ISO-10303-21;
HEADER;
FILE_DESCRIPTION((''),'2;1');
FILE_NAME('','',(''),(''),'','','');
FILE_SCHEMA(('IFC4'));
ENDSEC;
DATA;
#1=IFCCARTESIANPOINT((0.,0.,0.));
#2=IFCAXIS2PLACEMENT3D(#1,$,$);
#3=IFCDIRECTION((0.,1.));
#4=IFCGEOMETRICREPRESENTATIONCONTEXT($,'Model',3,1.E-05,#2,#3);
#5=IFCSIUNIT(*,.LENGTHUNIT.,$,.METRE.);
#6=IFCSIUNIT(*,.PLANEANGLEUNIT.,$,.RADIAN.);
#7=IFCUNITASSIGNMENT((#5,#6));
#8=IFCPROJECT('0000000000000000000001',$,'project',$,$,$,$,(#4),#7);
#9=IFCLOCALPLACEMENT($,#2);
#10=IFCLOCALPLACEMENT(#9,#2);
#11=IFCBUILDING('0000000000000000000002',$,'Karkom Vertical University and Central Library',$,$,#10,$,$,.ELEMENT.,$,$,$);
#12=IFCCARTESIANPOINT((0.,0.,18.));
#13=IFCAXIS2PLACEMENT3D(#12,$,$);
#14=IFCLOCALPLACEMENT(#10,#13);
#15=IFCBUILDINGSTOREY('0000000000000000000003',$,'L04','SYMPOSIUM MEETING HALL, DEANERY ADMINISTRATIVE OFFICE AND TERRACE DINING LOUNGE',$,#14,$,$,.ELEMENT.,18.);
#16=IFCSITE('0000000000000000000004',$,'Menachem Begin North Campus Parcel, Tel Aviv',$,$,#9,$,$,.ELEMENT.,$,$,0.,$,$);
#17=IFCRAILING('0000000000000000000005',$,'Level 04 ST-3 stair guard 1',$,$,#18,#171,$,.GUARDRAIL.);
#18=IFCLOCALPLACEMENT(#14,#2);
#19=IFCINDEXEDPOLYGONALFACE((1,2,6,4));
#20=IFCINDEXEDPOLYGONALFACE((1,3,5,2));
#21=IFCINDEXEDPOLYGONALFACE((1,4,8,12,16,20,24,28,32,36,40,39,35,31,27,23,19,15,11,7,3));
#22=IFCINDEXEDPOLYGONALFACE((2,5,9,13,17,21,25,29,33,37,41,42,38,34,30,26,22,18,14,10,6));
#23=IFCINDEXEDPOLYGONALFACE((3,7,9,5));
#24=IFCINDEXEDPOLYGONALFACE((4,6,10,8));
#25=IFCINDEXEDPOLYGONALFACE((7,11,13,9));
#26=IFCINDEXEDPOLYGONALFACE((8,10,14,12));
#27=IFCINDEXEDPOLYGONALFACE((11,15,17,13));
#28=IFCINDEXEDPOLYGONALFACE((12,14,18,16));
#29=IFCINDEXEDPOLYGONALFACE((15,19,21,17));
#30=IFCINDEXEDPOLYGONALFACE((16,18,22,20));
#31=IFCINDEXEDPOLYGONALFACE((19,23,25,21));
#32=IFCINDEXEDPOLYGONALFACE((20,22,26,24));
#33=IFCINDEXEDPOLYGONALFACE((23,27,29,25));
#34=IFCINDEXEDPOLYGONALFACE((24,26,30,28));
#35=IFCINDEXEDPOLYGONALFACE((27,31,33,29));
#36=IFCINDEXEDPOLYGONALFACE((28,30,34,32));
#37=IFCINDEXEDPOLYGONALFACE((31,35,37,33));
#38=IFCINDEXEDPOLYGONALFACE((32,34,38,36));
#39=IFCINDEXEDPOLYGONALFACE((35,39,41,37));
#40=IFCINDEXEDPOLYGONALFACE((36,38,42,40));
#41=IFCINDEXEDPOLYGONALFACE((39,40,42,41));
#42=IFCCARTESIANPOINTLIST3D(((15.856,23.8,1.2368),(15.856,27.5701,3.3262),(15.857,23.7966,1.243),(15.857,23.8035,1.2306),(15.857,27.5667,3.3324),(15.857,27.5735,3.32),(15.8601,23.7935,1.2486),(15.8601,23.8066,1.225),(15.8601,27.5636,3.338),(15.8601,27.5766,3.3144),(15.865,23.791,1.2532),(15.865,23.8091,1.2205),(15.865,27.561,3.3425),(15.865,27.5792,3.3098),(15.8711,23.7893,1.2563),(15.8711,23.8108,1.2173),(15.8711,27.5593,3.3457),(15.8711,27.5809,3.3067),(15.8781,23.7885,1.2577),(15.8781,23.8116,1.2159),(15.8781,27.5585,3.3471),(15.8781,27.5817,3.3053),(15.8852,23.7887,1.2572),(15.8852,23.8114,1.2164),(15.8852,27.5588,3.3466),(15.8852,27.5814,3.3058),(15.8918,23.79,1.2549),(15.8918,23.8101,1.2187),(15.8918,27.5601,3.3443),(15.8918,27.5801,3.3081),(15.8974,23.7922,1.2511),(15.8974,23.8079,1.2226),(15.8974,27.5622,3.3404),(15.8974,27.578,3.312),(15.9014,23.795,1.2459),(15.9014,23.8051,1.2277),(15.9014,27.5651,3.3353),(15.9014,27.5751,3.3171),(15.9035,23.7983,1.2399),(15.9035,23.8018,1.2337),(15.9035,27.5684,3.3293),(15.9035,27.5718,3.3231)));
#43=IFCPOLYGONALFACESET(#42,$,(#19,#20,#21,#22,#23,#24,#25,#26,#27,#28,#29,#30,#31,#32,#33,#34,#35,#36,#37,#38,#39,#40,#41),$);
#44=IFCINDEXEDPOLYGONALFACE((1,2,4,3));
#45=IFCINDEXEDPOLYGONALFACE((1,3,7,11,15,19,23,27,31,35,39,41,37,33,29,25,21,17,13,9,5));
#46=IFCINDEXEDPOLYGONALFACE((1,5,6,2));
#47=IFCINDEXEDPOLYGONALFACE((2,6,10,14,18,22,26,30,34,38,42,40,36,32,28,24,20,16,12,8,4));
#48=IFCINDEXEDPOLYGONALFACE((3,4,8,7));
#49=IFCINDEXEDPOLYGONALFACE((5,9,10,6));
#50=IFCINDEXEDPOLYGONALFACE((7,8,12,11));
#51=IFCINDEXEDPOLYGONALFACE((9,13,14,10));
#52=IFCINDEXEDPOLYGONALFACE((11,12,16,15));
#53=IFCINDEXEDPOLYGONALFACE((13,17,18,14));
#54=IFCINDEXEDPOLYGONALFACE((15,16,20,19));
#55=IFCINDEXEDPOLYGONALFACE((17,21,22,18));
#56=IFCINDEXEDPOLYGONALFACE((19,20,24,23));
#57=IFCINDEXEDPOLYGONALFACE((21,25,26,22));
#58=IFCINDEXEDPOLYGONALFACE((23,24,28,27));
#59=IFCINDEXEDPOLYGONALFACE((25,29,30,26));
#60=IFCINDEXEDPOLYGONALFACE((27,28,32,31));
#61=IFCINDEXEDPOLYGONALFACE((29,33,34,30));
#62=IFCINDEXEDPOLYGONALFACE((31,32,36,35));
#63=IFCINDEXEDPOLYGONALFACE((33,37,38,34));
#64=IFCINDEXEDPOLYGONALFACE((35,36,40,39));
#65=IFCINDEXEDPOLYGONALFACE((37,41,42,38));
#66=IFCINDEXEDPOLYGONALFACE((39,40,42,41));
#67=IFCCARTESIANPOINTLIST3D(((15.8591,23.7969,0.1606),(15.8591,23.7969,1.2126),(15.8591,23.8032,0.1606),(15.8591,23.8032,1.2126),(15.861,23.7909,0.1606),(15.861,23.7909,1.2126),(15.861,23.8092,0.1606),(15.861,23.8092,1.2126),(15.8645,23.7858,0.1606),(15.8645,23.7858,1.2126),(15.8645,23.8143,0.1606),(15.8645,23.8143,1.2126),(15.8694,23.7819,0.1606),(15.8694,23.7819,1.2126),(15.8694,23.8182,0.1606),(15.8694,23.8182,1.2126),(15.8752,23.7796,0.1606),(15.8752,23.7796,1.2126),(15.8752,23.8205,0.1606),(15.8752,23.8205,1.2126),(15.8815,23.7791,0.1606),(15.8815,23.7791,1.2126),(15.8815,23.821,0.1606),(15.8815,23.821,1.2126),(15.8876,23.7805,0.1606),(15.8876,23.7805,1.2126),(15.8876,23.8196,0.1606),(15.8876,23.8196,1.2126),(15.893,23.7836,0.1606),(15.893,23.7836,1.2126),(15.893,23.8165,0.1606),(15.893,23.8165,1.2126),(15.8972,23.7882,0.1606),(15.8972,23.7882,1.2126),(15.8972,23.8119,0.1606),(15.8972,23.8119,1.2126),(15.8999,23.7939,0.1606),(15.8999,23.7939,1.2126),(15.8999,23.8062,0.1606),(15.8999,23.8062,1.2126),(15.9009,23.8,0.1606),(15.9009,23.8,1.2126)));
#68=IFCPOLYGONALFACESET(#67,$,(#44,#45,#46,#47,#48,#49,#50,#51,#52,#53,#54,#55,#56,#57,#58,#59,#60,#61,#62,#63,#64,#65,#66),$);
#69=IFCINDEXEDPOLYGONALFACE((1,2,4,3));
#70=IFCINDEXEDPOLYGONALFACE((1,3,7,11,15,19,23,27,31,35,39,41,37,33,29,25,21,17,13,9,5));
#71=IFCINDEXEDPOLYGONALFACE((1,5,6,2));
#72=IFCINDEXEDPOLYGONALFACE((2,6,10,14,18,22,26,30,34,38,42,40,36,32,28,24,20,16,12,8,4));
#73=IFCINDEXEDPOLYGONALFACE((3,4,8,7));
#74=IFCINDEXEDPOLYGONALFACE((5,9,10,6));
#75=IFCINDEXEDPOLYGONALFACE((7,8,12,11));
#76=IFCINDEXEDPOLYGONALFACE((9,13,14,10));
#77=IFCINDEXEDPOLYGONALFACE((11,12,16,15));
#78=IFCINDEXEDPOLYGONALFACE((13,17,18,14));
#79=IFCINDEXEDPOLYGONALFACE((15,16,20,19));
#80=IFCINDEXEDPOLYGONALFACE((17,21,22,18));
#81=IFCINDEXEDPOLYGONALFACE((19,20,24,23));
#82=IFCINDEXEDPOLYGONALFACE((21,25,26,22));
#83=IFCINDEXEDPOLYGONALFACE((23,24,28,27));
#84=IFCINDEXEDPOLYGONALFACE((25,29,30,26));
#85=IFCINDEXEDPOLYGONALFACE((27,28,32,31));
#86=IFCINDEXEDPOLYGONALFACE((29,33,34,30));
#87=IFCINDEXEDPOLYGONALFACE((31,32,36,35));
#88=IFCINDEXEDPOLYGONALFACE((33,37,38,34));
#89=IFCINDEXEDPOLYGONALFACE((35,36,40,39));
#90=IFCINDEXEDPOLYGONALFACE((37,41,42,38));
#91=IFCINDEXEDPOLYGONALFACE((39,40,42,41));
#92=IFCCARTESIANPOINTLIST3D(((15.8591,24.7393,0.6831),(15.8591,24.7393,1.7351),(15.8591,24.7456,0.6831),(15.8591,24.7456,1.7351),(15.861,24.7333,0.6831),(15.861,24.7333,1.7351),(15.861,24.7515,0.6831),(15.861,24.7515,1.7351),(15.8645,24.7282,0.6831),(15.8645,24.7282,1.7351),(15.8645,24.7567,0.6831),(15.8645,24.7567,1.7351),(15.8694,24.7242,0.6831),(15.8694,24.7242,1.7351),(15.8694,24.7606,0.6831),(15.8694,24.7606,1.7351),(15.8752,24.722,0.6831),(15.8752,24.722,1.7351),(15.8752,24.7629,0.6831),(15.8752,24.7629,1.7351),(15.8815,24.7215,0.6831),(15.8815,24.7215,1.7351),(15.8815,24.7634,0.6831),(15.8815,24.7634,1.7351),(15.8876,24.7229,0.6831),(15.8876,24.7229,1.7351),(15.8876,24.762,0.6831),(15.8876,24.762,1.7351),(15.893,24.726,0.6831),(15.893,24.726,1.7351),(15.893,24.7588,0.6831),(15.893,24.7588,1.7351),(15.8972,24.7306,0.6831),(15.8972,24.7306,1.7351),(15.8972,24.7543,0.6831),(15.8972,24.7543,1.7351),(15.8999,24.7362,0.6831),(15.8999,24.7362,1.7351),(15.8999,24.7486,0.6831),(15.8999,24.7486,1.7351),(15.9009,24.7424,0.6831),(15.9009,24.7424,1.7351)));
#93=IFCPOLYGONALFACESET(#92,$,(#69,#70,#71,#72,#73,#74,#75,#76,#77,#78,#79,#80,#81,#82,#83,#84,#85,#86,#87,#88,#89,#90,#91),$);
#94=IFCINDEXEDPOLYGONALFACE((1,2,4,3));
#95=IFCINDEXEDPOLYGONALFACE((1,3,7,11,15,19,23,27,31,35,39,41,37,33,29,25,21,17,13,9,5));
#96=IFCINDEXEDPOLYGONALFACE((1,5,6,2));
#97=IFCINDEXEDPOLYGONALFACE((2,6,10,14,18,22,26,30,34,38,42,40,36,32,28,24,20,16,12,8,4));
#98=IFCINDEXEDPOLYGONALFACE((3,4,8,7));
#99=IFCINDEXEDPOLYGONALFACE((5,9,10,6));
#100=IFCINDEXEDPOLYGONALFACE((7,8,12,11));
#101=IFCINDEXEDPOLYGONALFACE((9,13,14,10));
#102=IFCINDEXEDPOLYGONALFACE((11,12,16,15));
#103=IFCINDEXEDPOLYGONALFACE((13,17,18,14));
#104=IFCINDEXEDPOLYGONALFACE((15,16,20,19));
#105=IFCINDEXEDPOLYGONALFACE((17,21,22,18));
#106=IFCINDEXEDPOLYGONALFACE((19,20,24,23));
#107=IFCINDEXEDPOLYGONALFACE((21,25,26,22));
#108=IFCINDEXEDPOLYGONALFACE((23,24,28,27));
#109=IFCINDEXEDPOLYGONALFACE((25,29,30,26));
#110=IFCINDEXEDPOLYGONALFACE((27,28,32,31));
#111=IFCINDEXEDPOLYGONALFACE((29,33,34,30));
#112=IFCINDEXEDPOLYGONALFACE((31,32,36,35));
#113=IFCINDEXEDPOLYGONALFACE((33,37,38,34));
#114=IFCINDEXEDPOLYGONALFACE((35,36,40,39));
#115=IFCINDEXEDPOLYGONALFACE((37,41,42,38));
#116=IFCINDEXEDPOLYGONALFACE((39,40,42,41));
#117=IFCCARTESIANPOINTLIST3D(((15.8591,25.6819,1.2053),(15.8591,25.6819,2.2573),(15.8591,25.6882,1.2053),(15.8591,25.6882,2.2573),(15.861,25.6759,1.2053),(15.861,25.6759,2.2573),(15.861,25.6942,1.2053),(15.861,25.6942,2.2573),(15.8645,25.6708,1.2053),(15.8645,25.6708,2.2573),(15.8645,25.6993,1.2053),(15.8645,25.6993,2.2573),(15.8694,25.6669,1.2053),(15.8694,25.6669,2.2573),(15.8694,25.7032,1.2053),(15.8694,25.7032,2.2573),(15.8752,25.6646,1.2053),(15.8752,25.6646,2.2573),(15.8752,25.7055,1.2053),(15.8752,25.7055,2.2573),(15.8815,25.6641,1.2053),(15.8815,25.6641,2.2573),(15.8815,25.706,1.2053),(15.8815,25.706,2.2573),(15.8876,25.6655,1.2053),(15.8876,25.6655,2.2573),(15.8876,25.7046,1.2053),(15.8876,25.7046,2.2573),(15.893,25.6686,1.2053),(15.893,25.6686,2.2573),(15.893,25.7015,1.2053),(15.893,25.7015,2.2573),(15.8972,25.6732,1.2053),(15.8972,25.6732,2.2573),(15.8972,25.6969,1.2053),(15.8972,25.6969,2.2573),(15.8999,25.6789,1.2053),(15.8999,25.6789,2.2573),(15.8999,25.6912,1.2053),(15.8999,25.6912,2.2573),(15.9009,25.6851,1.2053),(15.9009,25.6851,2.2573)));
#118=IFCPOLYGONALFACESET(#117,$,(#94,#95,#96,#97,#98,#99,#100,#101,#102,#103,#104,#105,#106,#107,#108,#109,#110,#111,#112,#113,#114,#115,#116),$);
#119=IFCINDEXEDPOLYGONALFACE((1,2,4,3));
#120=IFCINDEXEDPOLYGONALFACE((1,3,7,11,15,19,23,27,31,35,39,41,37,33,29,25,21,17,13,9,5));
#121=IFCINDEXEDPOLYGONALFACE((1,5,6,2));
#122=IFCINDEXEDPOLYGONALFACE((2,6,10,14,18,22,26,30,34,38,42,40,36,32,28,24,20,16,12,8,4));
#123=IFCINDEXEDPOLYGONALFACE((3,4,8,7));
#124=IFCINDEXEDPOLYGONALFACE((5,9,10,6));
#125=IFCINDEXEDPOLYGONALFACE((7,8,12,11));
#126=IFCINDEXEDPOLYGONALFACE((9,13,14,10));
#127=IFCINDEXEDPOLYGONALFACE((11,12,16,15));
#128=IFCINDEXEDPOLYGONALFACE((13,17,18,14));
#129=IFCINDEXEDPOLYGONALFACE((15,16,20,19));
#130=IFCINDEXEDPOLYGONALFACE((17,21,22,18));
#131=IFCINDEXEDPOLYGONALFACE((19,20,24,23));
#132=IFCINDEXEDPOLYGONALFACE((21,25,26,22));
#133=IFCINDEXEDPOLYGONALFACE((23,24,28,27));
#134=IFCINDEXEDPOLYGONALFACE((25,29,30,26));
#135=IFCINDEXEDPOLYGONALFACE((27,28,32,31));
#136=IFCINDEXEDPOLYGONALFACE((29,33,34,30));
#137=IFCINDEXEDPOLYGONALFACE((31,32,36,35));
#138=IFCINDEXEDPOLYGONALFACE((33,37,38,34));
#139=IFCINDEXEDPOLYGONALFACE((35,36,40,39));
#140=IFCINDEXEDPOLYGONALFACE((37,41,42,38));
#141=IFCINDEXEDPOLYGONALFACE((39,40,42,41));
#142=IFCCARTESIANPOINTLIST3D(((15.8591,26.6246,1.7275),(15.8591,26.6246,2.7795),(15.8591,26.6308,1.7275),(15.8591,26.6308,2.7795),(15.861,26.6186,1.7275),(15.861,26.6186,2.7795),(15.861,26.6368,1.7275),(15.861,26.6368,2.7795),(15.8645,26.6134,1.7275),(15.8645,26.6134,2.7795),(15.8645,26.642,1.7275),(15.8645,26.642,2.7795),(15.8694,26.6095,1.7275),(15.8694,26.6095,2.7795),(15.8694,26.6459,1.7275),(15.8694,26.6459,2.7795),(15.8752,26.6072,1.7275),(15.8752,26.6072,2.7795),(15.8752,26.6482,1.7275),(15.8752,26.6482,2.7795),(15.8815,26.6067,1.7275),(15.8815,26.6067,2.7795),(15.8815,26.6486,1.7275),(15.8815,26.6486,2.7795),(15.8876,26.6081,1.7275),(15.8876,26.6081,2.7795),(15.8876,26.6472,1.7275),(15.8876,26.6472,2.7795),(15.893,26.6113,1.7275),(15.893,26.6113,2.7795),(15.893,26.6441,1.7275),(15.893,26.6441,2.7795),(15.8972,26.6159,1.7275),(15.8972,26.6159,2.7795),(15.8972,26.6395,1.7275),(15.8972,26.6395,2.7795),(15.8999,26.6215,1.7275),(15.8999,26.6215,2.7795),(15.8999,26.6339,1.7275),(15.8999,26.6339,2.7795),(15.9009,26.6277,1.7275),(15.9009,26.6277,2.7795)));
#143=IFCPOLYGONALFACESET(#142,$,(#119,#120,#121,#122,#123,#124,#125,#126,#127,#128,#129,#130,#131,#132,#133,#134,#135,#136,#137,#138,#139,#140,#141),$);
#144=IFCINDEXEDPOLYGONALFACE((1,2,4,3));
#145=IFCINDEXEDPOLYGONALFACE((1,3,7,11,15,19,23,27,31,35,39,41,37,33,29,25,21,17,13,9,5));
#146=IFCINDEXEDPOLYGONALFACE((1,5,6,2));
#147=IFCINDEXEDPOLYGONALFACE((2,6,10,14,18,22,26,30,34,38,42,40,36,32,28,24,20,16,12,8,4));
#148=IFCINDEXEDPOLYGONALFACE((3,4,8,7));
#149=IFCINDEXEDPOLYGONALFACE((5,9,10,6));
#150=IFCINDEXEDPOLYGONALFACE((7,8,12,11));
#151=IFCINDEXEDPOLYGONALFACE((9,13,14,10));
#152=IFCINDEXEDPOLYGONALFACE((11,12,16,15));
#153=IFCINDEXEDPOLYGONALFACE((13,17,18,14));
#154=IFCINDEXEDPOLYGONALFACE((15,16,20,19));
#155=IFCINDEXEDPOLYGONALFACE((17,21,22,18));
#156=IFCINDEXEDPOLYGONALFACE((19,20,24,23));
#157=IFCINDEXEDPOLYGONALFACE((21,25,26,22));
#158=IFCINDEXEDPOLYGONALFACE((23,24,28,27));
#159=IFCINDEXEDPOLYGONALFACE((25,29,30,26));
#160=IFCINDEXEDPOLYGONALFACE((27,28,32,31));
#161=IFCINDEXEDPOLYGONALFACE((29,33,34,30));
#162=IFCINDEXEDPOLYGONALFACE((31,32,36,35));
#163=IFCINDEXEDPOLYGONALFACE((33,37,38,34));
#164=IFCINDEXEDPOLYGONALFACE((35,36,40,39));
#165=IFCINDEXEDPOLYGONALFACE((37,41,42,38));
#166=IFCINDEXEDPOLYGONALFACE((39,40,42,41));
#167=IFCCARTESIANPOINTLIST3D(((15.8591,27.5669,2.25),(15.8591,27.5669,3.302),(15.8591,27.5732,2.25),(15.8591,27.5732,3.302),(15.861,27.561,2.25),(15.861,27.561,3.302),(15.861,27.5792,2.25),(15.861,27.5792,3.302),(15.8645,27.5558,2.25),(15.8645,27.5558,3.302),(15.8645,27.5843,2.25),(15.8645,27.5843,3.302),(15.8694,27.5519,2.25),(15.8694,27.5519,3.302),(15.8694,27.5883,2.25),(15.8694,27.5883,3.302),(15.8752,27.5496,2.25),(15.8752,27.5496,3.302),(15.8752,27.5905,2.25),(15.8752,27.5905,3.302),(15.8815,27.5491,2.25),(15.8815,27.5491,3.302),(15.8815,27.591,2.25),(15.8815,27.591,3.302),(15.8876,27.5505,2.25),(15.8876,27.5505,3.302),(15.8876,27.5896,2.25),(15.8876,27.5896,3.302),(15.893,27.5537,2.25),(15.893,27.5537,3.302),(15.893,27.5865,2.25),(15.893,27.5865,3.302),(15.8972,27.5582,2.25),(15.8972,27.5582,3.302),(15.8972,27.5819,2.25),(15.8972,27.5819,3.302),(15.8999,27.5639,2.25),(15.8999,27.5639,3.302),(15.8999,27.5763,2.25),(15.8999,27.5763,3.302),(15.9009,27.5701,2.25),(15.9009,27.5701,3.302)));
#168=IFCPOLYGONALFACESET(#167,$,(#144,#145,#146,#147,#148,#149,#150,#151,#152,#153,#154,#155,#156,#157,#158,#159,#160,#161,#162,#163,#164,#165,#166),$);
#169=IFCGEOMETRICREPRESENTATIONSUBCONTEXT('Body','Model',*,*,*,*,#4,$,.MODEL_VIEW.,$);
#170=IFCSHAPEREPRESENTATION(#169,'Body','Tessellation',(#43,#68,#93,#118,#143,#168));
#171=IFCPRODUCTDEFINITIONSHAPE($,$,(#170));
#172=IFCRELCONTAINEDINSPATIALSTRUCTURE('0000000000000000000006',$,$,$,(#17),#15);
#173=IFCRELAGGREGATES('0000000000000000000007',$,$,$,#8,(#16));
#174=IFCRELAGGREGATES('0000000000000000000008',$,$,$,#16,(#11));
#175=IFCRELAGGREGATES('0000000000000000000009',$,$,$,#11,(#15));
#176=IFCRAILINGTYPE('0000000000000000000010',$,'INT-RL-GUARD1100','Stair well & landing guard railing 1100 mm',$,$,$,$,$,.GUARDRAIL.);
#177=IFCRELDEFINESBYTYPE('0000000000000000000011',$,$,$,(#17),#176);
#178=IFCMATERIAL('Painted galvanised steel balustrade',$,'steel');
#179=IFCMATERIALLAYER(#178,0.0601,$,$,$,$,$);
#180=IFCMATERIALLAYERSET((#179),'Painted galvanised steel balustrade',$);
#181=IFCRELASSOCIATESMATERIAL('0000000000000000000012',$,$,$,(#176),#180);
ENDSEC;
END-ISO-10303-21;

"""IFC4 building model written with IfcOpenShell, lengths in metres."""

from ifc_helpers import new_model, si_unit, direction, frame, origin, origin_2d, place, context, subcontext, project, spatial, circle, extrude, material, layer, layer_set, type_object, element, save


model = new_model("IFC4")

# Units and contexts
model_context = context("Model", 3, precision=1e-05, world=origin(), true_north=direction((0.0, 1.0)))
body_context = subcontext(model_context, "Body", "Model", "MODEL_VIEW")
ifc_project = project(units=[si_unit("LENGTHUNIT", "METRE"), si_unit("PLANEANGLEUNIT", "RADIAN")], contexts=[model_context])

# Site, building, storey
site_placement = place(None, origin())
site = spatial("IfcSite", under=ifc_project, at=site_placement, Name="Menachem Begin North Campus Parcel, Tel Aviv", CompositionType="ELEMENT", RefElevation=0.0)
building_placement = place(site_placement, origin())
building = spatial("IfcBuilding", under=site, at=building_placement, Name="Karkom Vertical University and Central Library", CompositionType="ELEMENT")
storey_placement = place(building_placement, frame((0.0, 0.0, 18.0)))
storey = spatial("IfcBuildingStorey", under=building, at=storey_placement, Name="L04", Description="SYMPOSIUM MEETING HALL, DEANERY ADMINISTRATIVE OFFICE AND TERRACE DINING LOUNGE", CompositionType="ELEMENT", Elevation=18.0)

# Railing
ifc_material_1 = material(Name="Painted galvanised steel balustrade", Category="steel")
ifc_layer_1 = layer(ifc_material_1, 0.0601)
ifc_layer_set_1 = layer_set([ifc_layer_1], Name="Painted galvanised steel balustrade")
railing_type_1 = type_object("IfcRailingType", Name="INT-RL-GUARD1100", Description="Stair well & landing guard railing 1100 mm", PredefinedType="GUARDRAIL", material=ifc_layer_set_1)
railing_1_placement = place(storey_placement, frame((15.8799, 23.8, 0.1606)))
element("IfcRailing", 1, at=railing_1_placement, inside=storey, type_object=railing_type_1, Name="Level 04 ST-3 stair guard 1", PredefinedType="GUARDRAIL", context=body_context, shape_type="SweptSolid", body=[
    extrude(circle(Radius=0.0239, at=origin_2d()), frame((0.0, 0.0, 1.0762), z_axis=(0.0, 0.874659, 0.484739), x_axis=(-1.0, 0.0, 0.0)), (0.0, 0.0, 1.0), 4.3103),
    extrude(circle(Radius=0.021, at=origin_2d()), origin(), (0.0, 0.0, 1.0), 1.052),
    extrude(circle(Radius=0.021, at=origin_2d()), frame((0.0, 0.9424, 0.5225)), (0.0, 0.0, 1.0), 1.052),
    extrude(circle(Radius=0.021, at=origin_2d()), frame((0.0, 1.885, 1.0447)), (0.0, 0.0, 1.0), 1.052),
    extrude(circle(Radius=0.021, at=origin_2d()), frame((0.0, 2.8276, 1.5669)), (0.0, 0.0, 1.0), 1.052),
    extrude(circle(Radius=0.021, at=origin_2d()), frame((0.0, 3.77, 2.0894)), (0.0, 0.0, 1.0), 1.052),
])

save(model, "model.ifc")
